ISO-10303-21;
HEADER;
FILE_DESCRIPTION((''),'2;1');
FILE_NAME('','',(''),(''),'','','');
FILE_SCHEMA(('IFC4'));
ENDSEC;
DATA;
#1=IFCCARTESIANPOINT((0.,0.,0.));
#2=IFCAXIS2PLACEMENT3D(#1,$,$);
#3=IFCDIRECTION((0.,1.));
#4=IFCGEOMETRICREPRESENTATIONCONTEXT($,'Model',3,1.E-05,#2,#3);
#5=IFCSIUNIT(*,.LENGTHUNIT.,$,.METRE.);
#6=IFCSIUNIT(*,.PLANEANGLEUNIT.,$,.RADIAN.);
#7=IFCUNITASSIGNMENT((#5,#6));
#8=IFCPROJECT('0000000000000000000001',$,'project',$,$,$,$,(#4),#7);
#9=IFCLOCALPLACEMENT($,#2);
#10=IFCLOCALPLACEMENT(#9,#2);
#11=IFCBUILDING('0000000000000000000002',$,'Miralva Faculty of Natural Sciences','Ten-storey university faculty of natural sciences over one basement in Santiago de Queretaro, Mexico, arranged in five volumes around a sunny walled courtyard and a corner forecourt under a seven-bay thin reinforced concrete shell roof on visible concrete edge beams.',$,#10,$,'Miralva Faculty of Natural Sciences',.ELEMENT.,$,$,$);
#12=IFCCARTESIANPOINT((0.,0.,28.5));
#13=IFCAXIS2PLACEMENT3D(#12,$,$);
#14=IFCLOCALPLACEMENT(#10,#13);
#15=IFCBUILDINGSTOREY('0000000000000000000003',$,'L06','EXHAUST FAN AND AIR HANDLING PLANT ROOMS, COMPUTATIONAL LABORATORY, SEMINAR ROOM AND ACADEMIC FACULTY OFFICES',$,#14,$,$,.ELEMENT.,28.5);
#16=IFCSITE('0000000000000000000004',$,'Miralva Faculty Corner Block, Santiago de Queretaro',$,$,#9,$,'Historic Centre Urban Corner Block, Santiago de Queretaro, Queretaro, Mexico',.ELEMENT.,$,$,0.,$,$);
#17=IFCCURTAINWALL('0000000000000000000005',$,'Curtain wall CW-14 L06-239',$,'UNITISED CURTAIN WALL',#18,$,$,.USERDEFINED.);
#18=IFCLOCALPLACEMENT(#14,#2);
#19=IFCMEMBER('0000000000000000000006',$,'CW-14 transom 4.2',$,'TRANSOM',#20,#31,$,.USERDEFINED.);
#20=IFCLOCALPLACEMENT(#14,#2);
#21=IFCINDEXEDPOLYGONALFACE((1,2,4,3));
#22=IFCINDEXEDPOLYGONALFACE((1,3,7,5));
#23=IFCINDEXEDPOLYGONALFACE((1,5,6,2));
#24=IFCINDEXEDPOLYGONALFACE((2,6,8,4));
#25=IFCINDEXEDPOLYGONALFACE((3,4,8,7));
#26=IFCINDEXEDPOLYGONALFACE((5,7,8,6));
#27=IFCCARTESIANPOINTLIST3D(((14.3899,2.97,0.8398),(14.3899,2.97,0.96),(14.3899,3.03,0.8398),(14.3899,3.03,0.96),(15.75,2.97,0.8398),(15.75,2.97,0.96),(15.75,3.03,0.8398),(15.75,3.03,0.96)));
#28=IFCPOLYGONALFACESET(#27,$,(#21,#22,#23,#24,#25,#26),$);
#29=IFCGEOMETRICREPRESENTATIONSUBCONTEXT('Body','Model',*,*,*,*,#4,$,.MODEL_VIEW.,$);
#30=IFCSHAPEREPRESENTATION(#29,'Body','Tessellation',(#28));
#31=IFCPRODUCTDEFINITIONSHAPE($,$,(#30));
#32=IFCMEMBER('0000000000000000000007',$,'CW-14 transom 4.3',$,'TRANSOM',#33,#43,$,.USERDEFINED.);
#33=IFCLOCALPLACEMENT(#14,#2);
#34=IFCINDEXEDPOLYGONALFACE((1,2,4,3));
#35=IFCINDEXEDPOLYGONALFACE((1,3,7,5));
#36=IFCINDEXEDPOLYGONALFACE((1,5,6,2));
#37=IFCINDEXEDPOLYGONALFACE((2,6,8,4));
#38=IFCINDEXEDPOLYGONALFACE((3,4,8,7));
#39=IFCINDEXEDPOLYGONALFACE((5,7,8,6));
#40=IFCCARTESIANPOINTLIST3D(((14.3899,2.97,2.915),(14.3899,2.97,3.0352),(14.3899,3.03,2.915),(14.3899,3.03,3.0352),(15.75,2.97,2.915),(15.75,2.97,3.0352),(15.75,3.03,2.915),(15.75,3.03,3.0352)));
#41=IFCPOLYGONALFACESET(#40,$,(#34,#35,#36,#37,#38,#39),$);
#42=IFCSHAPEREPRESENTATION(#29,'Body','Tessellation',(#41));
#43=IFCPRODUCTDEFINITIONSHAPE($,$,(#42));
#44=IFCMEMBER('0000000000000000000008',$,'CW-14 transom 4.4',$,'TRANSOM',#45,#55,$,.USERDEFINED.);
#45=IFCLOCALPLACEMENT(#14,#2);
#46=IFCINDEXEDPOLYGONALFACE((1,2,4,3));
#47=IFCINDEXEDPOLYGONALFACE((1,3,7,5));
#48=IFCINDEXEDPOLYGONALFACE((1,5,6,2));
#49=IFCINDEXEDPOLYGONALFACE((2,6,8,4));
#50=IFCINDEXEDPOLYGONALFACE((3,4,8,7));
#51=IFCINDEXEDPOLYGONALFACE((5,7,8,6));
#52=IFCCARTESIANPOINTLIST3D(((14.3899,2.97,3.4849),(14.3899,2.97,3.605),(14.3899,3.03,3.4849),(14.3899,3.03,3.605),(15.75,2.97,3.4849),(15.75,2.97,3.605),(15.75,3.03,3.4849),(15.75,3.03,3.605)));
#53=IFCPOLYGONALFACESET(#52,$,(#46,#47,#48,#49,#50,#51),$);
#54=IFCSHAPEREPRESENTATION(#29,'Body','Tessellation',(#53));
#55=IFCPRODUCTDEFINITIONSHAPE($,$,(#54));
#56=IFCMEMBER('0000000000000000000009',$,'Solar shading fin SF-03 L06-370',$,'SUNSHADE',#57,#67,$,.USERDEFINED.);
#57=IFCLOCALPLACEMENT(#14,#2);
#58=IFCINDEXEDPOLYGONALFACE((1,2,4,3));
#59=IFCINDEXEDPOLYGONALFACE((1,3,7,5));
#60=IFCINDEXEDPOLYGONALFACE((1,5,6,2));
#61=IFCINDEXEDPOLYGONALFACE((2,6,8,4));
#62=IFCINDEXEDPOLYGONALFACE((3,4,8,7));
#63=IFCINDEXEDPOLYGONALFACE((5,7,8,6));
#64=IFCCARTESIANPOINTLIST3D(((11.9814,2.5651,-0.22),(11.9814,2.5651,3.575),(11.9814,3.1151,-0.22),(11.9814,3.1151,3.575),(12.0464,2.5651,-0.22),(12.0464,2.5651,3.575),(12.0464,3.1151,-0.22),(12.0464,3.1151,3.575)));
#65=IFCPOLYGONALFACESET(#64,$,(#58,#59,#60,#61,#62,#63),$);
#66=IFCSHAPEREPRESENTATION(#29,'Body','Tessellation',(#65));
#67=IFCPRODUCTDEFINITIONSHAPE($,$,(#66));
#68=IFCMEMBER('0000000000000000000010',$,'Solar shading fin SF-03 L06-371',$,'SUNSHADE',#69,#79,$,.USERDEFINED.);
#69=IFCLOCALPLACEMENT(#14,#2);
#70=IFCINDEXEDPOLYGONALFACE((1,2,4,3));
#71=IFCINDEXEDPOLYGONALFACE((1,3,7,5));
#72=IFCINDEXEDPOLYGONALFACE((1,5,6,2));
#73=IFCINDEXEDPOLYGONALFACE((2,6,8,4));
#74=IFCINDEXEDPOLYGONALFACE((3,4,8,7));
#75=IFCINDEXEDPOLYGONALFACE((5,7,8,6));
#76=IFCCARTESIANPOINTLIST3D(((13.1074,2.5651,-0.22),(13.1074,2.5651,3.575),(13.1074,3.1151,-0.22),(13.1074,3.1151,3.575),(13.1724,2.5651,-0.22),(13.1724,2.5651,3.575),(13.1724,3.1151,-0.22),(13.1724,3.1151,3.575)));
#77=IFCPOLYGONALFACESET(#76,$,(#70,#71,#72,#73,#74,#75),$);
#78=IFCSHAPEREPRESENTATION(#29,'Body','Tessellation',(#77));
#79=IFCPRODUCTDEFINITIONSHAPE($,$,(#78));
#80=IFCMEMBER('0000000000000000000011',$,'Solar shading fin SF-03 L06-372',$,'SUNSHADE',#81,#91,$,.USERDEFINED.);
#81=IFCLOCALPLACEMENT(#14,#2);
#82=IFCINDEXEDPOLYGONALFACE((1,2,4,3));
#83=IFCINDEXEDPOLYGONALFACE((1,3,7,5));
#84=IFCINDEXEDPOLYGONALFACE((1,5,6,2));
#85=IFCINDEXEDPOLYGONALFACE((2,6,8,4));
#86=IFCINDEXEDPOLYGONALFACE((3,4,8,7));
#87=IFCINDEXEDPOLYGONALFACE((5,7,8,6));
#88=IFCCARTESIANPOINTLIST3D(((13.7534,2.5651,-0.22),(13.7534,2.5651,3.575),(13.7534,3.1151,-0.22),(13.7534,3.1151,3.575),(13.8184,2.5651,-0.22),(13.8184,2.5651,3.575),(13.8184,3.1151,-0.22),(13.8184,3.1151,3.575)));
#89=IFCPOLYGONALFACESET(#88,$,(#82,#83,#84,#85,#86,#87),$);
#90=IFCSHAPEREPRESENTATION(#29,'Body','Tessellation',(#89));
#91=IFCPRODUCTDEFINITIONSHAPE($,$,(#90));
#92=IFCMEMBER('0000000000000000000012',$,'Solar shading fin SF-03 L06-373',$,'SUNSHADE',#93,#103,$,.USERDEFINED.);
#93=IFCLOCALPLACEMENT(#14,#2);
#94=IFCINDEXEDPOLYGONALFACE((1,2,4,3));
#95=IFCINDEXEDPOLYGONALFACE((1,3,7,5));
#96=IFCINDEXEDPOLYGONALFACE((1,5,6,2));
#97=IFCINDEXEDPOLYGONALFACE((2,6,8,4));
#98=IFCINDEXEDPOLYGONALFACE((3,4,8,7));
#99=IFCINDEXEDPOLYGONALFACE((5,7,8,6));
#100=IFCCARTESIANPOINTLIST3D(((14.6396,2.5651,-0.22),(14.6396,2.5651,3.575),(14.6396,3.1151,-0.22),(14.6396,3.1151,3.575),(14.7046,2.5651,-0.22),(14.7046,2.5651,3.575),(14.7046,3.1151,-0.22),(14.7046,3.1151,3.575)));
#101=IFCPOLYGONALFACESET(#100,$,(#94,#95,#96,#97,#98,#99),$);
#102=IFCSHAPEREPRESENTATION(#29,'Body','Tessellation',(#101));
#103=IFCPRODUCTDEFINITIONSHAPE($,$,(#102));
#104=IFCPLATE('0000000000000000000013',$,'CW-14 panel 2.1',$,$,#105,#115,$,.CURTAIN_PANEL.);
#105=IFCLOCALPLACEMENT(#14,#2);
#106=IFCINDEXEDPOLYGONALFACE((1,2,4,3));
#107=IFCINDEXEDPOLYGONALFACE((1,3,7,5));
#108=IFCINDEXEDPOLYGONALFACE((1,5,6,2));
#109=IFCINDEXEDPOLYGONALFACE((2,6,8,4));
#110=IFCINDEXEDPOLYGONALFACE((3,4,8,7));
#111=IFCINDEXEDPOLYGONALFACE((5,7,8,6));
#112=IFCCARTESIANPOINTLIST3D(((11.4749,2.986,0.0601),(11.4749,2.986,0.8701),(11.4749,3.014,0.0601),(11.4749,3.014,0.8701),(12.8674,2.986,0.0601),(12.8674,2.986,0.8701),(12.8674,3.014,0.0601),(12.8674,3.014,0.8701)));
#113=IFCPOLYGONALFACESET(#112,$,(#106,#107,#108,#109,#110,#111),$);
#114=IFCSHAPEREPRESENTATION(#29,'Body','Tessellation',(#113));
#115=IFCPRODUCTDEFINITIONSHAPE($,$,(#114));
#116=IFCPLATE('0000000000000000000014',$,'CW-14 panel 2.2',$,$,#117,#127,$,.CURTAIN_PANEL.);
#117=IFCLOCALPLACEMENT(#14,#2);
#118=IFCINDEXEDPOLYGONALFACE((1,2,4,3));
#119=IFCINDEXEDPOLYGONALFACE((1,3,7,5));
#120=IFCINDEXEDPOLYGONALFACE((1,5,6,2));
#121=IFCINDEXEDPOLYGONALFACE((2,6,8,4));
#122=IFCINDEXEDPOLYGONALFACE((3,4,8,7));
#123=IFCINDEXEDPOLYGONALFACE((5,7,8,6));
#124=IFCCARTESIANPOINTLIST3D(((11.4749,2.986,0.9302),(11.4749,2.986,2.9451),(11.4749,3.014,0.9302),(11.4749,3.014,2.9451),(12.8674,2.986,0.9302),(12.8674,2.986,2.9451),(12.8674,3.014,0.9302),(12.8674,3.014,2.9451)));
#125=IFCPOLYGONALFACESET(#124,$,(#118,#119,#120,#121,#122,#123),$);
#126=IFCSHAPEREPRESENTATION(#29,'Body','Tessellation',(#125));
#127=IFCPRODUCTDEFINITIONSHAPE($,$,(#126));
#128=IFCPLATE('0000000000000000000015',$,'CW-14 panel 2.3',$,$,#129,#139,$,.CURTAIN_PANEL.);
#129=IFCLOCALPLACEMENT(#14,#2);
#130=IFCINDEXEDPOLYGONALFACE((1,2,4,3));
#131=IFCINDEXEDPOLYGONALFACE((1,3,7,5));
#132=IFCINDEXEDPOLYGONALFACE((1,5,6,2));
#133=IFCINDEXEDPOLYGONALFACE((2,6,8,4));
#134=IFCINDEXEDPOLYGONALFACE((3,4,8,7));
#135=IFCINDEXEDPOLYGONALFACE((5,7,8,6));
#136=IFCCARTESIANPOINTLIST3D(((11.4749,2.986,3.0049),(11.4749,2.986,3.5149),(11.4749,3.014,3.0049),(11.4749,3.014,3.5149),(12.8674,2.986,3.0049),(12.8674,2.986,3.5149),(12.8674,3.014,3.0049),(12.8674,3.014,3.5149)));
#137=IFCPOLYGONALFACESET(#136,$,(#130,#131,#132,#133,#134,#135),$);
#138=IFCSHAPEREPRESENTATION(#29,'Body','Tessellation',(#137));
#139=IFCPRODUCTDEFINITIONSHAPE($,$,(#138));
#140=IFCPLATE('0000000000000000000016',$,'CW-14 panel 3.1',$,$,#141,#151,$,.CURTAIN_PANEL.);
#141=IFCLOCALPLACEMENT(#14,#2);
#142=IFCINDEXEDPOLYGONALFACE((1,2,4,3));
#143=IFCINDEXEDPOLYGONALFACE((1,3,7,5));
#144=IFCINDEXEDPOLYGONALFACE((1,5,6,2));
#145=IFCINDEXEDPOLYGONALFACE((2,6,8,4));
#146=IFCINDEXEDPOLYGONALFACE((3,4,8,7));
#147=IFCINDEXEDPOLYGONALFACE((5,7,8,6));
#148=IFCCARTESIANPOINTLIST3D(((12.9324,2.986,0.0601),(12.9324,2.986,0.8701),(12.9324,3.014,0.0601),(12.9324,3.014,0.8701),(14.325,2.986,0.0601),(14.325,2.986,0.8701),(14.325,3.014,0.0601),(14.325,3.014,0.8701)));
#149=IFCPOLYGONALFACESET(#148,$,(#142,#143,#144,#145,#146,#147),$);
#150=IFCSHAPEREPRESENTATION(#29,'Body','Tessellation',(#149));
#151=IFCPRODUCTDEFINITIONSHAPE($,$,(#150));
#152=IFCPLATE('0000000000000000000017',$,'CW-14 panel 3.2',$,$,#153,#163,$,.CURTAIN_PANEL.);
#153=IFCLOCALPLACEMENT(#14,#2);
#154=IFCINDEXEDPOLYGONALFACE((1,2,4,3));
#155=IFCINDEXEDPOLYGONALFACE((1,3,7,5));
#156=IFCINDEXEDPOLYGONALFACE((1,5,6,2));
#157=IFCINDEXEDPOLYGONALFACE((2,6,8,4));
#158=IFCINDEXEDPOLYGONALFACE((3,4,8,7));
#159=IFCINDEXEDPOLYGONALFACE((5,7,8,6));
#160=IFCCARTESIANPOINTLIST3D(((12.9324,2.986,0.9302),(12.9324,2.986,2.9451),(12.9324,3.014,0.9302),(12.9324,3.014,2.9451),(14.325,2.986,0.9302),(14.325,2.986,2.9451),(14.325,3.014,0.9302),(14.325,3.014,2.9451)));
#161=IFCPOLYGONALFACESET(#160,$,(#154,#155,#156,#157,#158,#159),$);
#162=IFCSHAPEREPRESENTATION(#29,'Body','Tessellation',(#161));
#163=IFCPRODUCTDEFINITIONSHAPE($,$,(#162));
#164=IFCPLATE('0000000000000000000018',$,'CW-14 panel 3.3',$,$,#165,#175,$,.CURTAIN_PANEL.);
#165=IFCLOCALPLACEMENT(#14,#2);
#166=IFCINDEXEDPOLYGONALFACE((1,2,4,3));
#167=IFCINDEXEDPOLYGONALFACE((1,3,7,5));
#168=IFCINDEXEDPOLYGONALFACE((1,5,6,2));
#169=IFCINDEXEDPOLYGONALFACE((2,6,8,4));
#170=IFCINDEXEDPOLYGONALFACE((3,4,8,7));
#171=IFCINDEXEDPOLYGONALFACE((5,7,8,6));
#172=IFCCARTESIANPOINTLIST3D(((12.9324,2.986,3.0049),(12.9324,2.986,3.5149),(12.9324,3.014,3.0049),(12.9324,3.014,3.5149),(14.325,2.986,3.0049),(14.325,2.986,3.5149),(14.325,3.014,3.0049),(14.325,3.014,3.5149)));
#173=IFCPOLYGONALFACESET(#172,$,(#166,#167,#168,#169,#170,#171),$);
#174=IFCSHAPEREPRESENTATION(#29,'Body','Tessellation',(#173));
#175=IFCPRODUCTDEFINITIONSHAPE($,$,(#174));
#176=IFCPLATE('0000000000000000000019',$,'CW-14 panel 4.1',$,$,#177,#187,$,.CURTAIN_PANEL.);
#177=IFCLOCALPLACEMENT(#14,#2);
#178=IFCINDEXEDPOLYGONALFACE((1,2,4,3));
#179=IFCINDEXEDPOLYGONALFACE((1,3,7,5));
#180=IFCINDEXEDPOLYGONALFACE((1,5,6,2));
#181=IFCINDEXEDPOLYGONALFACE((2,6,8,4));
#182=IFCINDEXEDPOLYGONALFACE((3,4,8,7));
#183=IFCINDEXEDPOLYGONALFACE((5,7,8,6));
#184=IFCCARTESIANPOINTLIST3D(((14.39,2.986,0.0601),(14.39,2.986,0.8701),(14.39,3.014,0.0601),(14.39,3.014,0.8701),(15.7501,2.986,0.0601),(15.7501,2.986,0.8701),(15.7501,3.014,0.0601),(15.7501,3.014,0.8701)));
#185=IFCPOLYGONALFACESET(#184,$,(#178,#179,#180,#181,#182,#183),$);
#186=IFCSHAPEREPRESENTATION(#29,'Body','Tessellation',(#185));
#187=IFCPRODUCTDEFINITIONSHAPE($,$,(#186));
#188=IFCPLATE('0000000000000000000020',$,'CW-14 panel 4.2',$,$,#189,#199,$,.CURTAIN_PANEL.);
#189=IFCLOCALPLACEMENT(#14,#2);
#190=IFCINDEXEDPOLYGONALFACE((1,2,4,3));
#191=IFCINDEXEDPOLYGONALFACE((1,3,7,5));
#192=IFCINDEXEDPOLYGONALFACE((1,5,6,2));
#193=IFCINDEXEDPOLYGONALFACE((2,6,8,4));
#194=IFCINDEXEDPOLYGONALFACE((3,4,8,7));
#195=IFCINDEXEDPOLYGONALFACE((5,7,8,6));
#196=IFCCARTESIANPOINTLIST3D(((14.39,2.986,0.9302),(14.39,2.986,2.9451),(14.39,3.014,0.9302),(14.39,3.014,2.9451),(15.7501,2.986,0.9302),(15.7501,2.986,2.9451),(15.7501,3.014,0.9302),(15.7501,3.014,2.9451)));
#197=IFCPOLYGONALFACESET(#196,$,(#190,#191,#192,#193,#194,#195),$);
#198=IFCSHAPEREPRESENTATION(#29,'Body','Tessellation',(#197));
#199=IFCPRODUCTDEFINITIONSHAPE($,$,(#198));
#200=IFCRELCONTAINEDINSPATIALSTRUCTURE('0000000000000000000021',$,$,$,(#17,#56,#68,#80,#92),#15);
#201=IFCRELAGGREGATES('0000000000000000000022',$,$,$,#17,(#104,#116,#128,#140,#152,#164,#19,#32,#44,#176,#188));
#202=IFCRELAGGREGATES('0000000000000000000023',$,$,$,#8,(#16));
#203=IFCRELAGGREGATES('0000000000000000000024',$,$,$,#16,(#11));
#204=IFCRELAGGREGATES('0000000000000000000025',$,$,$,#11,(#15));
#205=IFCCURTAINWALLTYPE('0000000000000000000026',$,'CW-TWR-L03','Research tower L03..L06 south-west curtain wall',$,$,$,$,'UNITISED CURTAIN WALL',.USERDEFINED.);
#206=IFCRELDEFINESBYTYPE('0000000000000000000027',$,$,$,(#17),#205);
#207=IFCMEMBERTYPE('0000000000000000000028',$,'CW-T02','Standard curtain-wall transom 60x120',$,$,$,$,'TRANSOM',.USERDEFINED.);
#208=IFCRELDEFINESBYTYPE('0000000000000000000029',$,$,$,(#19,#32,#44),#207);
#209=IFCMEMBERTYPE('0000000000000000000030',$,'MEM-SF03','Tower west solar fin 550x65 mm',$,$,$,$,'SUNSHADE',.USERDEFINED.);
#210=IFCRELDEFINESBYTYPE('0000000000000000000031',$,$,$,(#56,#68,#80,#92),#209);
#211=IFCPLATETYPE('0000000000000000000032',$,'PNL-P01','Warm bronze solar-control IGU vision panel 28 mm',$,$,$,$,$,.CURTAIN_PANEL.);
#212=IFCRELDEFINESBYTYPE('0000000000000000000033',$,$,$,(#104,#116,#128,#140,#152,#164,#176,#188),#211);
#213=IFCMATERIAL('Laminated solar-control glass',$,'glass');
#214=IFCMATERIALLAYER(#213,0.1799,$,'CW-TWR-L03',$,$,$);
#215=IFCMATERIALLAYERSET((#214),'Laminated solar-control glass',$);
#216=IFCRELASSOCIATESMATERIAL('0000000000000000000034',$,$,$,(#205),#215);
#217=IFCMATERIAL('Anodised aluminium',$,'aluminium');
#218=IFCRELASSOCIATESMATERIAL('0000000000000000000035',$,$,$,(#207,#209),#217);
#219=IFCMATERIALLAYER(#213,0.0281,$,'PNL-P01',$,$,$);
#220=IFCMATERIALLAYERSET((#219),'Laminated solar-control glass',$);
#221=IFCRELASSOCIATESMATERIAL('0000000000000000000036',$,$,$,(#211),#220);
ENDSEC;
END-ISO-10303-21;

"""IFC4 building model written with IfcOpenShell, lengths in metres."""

from ifc_helpers import new_model, si_unit, direction, frame, origin, origin_2d, place, context, subcontext, project, spatial, rectangle, extrude, material, layer, layer_set, material_profile, profile_set, type_object, element, aggregate, save


model = new_model("IFC4")

# Units and contexts
model_context = context("Model", 3, precision=1e-05, world=origin(), true_north=direction((0.0, 1.0)))
body_context = subcontext(model_context, "Body", "Model", "MODEL_VIEW")
ifc_project = project(units=[si_unit("LENGTHUNIT", "METRE"), si_unit("PLANEANGLEUNIT", "RADIAN")], contexts=[model_context])

# Site, building, storey
site_placement = place(None, origin())
site = spatial("IfcSite", under=ifc_project, at=site_placement, Name="Miralva Faculty Corner Block, Santiago de Queretaro", LongName="Historic Centre Urban Corner Block, Santiago de Queretaro, Queretaro, Mexico", CompositionType="ELEMENT", RefElevation=0.0)
building_placement = place(site_placement, origin())
building = spatial("IfcBuilding", under=site, at=building_placement, Name="Miralva Faculty of Natural Sciences", Description="Ten-storey university faculty of natural sciences over one basement in Santiago de Queretaro, Mexico, arranged in five volumes around a sunny walled courtyard and a corner forecourt under a seven-bay thin reinforced concrete shell roof on visible concrete edge beams.", LongName="Miralva Faculty of Natural Sciences", CompositionType="ELEMENT")
storey_placement = place(building_placement, frame((0.0, 0.0, 28.5)))
storey = spatial("IfcBuildingStorey", under=building, at=storey_placement, Name="L06", Description="EXHAUST FAN AND AIR HANDLING PLANT ROOMS, COMPUTATIONAL LABORATORY, SEMINAR ROOM AND ACADEMIC FACULTY OFFICES", CompositionType="ELEMENT", Elevation=28.5)

# Curtain wall, members
ifc_material_1 = material(Name="Laminated solar-control glass", Category="glass")
ifc_layer_1 = layer(ifc_material_1, 0.1799, Name="CW-TWR-L03")
ifc_layer_set_1 = layer_set([ifc_layer_1], Name="Laminated solar-control glass")
curtain_wall_type = type_object("IfcCurtainWallType", Name="CW-TWR-L03", Description="Research tower L03..L06 south-west curtain wall", ElementType="UNITISED CURTAIN WALL", PredefinedType="USERDEFINED", material=ifc_layer_set_1)
curtain_wall_placement = place(storey_placement, origin())
curtain_wall = element("IfcCurtainWall", 1, at=curtain_wall_placement, inside=storey, type_object=curtain_wall_type, Name="Curtain wall CW-14 L06-239", ObjectType="UNITISED CURTAIN WALL", PredefinedType="USERDEFINED")
ifc_material_2 = material(Name="Anodised aluminium", Category="aluminium")
ifc_material_profile_1 = material_profile(ifc_material_2, rectangle(XDim=0.0601, YDim=0.1201, at=origin_2d()), Name="TRANSOM 60x120")
ifc_profile_set_1 = profile_set([ifc_material_profile_1], Name="Anodised aluminium")
member_type_1 = type_object("IfcMemberType", Name="CW-T02", Description="Standard curtain-wall transom 60x120", ElementType="TRANSOM", PredefinedType="USERDEFINED", material=ifc_profile_set_1)
member_1_placement = place(storey_placement, frame((14.3899, 3.0, 0.8999), z_axis=(1.0, 0.0, 0.0), x_axis=(0.0, 1.0, 0.0)))
member_1 = element("IfcMember", 2, at=member_1_placement, type_object=member_type_1, Name="CW-14 transom 4.2", ObjectType="TRANSOM", PredefinedType="USERDEFINED", context=body_context, shape_type="SweptSolid", body=[
    extrude(rectangle(XDim=0.0601, YDim=0.1201, at=origin_2d()), origin(), (0.0, 0.0, 1.0), 1.3601),
])
member_2_placement = place(storey_placement, frame((14.3899, 3.0, 2.9751), z_axis=(1.0, 0.0, 0.0), x_axis=(0.0, 1.0, 0.0)))
member_2 = element("IfcMember", 3, at=member_2_placement, type_object=member_type_1, Name="CW-14 transom 4.3", ObjectType="TRANSOM", PredefinedType="USERDEFINED", context=body_context, shape_type="SweptSolid", body=[
    extrude(rectangle(XDim=0.0601, YDim=0.1201, at=origin_2d()), origin(), (0.0, 0.0, 1.0), 1.3601),
])
member_3_placement = place(storey_placement, frame((14.3899, 3.0, 3.5449), z_axis=(1.0, 0.0, 0.0), x_axis=(0.0, 1.0, 0.0)))
member_3 = element("IfcMember", 4, at=member_3_placement, type_object=member_type_1, Name="CW-14 transom 4.4", ObjectType="TRANSOM", PredefinedType="USERDEFINED", context=body_context, shape_type="SweptSolid", body=[
    extrude(rectangle(XDim=0.0601, YDim=0.1201, at=origin_2d()), origin(), (0.0, 0.0, 1.0), 1.3601),
])

# Members
ifc_material_profile_2 = material_profile(ifc_material_2, rectangle(XDim=0.0649, YDim=0.55, at=origin_2d()), Name="FIN 550x65")
ifc_profile_set_2 = profile_set([ifc_material_profile_2], Name="Anodised aluminium")
member_type_2 = type_object("IfcMemberType", Name="MEM-SF03", Description="Tower west solar fin 550x65 mm", ElementType="SUNSHADE", PredefinedType="USERDEFINED", material=ifc_profile_set_2)
for number, where, z_axis, x_axis, name in (
    (5, (12.0139, 2.8401, -0.22), (0.0, 0.0, 1.0), (1.0, 0.0, 0.0), "Solar shading fin SF-03 L06-370"),
    (6, (13.1399, 2.8401, -0.22), (0.0, 0.0, 1.0), (1.0, 0.0, 0.0), "Solar shading fin SF-03 L06-371"),
    (7, (13.7859, 2.8401, -0.22), (0.0, 0.0, 1.0), (1.0, 0.0, 0.0), "Solar shading fin SF-03 L06-372"),
    (8, (14.6721, 2.8401, -0.22), (0.0, 0.0, 1.0), (1.0, 0.0, 0.0), "Solar shading fin SF-03 L06-373"),
):
    element("IfcMember", number, at=place(storey_placement, frame(where, z_axis=z_axis, x_axis=x_axis)), inside=storey, type_object=member_type_2, Name=name, ObjectType="SUNSHADE", PredefinedType="USERDEFINED", context=body_context, shape_type="SweptSolid", body=[
        extrude(rectangle(XDim=0.0649, YDim=0.55, at=origin_2d()), origin(), (0.0, 0.0, 1.0), 3.7949),
    ])

# Plates
ifc_layer_2 = layer(ifc_material_1, 0.0281, Name="PNL-P01")
ifc_layer_set_2 = layer_set([ifc_layer_2], Name="Laminated solar-control glass")
plate_type = type_object("IfcPlateType", Name="PNL-P01", Description="Warm bronze solar-control IGU vision panel 28 mm", PredefinedType="CURTAIN_PANEL", material=ifc_layer_set_2)
plate_1_placement = place(storey_placement, frame((12.1711, 3.0, 0.0601), z_axis=(0.0, 0.0, 1.0), x_axis=(1.0, 0.0, 0.0)))
plate_1 = element("IfcPlate", 9, at=plate_1_placement, type_object=plate_type, Name="CW-14 panel 2.1", PredefinedType="CURTAIN_PANEL", context=body_context, shape_type="SweptSolid", body=[
    extrude(rectangle(XDim=1.3926, YDim=0.0281, at=origin_2d()), origin(), (0.0, 0.0, 1.0), 0.8101),
])
plate_2_placement = place(storey_placement, frame((12.1711, 3.0, 0.9302), z_axis=(0.0, 0.0, 1.0), x_axis=(1.0, 0.0, 0.0)))
plate_2 = element("IfcPlate", 10, at=plate_2_placement, type_object=plate_type, Name="CW-14 panel 2.2", PredefinedType="CURTAIN_PANEL", context=body_context, shape_type="SweptSolid", body=[
    extrude(rectangle(XDim=1.3926, YDim=0.0281, at=origin_2d()), origin(), (0.0, 0.0, 1.0), 2.0149),
])
plate_3_placement = place(storey_placement, frame((12.1711, 3.0, 3.0049), z_axis=(0.0, 0.0, 1.0), x_axis=(1.0, 0.0, 0.0)))
plate_3 = element("IfcPlate", 11, at=plate_3_placement, type_object=plate_type, Name="CW-14 panel 2.3", PredefinedType="CURTAIN_PANEL", context=body_context, shape_type="SweptSolid", body=[
    extrude(rectangle(XDim=1.3926, YDim=0.0281, at=origin_2d()), origin(), (0.0, 0.0, 1.0), 0.51),
])
plate_4_placement = place(storey_placement, frame((13.6287, 3.0, 0.0601), z_axis=(0.0, 0.0, 1.0), x_axis=(1.0, 0.0, 0.0)))
plate_4 = element("IfcPlate", 12, at=plate_4_placement, type_object=plate_type, Name="CW-14 panel 3.1", PredefinedType="CURTAIN_PANEL", context=body_context, shape_type="SweptSolid", body=[
    extrude(rectangle(XDim=1.3926, YDim=0.0281, at=origin_2d()), origin(), (0.0, 0.0, 1.0), 0.8101),
])
plate_5_placement = place(storey_placement, frame((13.6287, 3.0, 0.9302), z_axis=(0.0, 0.0, 1.0), x_axis=(1.0, 0.0, 0.0)))
plate_5 = element("IfcPlate", 13, at=plate_5_placement, type_object=plate_type, Name="CW-14 panel 3.2", PredefinedType="CURTAIN_PANEL", context=body_context, shape_type="SweptSolid", body=[
    extrude(rectangle(XDim=1.3926, YDim=0.0281, at=origin_2d()), origin(), (0.0, 0.0, 1.0), 2.0149),
])
plate_6_placement = place(storey_placement, frame((13.6287, 3.0, 3.0049), z_axis=(0.0, 0.0, 1.0), x_axis=(1.0, 0.0, 0.0)))
plate_6 = element("IfcPlate", 14, at=plate_6_placement, type_object=plate_type, Name="CW-14 panel 3.3", PredefinedType="CURTAIN_PANEL", context=body_context, shape_type="SweptSolid", body=[
    extrude(rectangle(XDim=1.3926, YDim=0.0281, at=origin_2d()), origin(), (0.0, 0.0, 1.0), 0.51),
])
plate_7_placement = place(storey_placement, frame((15.0701, 3.0, 0.0601), z_axis=(0.0, 0.0, 1.0), x_axis=(1.0, 0.0, 0.0)))
plate_7 = element("IfcPlate", 15, at=plate_7_placement, type_object=plate_type, Name="CW-14 panel 4.1", PredefinedType="CURTAIN_PANEL", context=body_context, shape_type="SweptSolid", body=[
    extrude(rectangle(XDim=1.3601, YDim=0.0281, at=origin_2d()), origin(), (0.0, 0.0, 1.0), 0.8101),
])
plate_8_placement = place(storey_placement, frame((15.0701, 3.0, 0.9302), z_axis=(0.0, 0.0, 1.0), x_axis=(1.0, 0.0, 0.0)))
plate_8 = element("IfcPlate", 16, at=plate_8_placement, type_object=plate_type, Name="CW-14 panel 4.2", PredefinedType="CURTAIN_PANEL", context=body_context, shape_type="SweptSolid", body=[
    extrude(rectangle(XDim=1.3601, YDim=0.0281, at=origin_2d()), origin(), (0.0, 0.0, 1.0), 2.0149),
])
aggregate(curtain_wall, [plate_1, plate_2, plate_3, plate_4, plate_5, plate_6, member_1, member_2, member_3, plate_7, plate_8])

save(model, "model.ifc")
